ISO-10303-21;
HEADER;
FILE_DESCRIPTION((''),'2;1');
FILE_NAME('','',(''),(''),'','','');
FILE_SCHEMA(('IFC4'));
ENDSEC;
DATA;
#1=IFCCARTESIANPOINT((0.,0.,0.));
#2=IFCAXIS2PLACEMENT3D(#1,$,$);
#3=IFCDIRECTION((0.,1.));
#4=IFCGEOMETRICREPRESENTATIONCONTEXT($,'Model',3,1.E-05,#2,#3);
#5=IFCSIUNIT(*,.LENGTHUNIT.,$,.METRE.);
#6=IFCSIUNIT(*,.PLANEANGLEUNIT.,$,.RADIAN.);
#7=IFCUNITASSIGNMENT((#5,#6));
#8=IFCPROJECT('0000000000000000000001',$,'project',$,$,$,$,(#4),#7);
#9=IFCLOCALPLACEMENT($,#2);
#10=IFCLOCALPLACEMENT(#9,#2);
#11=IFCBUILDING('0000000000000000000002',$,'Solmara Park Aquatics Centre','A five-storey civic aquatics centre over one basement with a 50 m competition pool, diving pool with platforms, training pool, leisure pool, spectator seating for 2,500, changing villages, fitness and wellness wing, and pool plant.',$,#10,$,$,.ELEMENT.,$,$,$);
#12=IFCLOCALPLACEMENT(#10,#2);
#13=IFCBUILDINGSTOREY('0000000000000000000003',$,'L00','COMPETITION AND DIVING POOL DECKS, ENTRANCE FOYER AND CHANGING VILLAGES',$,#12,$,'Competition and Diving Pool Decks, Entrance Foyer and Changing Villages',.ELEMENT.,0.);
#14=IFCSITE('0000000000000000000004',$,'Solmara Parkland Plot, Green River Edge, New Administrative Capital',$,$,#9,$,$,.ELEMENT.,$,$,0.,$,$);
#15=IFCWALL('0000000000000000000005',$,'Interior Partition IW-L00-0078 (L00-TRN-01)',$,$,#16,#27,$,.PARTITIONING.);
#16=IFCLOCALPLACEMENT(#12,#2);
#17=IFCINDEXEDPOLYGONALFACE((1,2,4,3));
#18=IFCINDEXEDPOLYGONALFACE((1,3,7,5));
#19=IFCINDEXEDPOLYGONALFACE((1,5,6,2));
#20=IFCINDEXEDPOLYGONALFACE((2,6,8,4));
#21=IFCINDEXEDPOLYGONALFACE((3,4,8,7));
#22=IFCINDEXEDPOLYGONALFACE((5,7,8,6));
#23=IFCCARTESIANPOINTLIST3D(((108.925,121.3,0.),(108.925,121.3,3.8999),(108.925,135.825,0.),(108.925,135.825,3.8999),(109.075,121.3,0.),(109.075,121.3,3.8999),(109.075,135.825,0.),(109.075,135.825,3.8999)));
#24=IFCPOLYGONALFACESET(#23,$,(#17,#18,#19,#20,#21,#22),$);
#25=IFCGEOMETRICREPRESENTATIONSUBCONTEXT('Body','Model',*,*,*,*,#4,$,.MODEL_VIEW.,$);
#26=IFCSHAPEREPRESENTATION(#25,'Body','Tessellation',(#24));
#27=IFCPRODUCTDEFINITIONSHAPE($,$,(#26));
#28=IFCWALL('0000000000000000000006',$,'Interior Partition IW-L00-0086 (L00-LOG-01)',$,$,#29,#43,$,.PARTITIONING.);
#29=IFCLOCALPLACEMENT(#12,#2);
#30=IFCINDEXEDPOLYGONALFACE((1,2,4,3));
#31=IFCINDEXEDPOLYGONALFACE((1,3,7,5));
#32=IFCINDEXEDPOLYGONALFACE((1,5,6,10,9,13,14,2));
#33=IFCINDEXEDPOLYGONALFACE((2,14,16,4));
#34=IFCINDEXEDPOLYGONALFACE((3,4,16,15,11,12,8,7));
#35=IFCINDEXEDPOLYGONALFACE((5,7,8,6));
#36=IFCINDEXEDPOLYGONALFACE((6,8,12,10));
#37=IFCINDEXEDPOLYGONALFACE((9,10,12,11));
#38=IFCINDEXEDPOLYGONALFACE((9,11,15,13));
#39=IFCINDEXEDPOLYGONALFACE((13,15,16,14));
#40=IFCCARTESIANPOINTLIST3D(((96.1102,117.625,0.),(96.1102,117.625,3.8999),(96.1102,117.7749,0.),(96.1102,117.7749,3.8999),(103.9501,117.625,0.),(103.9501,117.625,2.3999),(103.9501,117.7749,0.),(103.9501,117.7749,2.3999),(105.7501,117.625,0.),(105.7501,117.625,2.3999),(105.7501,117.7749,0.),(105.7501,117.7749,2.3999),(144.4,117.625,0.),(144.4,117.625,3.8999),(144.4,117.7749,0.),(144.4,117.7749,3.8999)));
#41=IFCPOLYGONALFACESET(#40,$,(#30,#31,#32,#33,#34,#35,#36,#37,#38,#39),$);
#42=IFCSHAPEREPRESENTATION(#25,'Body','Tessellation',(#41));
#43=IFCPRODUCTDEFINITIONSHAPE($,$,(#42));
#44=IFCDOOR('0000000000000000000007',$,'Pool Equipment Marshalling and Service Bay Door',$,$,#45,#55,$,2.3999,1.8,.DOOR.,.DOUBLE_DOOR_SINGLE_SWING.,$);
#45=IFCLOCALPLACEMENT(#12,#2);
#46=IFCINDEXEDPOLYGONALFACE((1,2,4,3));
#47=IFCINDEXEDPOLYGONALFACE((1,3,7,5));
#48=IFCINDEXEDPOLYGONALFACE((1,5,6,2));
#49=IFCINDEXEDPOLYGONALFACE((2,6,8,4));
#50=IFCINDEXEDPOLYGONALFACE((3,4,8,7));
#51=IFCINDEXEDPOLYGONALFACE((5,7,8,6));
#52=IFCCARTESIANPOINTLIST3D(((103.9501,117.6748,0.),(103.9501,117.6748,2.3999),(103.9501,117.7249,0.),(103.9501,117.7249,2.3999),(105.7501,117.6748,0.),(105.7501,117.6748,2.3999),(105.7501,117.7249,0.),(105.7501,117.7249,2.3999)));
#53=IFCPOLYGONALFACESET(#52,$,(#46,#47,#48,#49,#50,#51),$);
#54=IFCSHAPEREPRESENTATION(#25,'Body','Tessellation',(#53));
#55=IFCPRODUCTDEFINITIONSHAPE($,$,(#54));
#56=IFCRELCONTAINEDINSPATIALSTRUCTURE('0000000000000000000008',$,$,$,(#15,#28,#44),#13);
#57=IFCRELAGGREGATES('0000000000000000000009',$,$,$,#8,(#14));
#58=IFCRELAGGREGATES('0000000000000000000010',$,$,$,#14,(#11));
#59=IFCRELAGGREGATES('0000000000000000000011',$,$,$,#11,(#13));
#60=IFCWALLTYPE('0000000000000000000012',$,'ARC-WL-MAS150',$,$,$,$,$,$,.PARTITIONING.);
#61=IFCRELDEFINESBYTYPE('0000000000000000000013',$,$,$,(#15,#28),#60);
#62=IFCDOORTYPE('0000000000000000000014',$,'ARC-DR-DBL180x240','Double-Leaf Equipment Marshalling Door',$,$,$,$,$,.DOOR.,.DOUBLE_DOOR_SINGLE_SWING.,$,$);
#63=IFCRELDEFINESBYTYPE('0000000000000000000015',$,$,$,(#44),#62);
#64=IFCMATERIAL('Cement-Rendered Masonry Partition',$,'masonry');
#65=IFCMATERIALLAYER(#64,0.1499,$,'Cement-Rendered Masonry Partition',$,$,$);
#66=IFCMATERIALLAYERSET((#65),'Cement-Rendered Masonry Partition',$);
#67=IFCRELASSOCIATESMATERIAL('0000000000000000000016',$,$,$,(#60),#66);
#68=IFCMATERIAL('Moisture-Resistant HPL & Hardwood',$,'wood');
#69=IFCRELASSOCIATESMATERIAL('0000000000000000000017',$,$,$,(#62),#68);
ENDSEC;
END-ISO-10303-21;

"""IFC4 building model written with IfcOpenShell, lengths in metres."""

from ifc_helpers import new_model, si_unit, direction, frame, frame_2d, origin, place, context, subcontext, project, spatial, rectangle, extrude, material, layer, layer_set, type_object, element, fill, save


model = new_model("IFC4")

# Units and contexts
model_context = context("Model", 3, precision=1e-05, world=origin(), true_north=direction((0.0, 1.0)))
body_context = subcontext(model_context, "Body", "Model", "MODEL_VIEW")
ifc_project = project(units=[si_unit("LENGTHUNIT", "METRE"), si_unit("PLANEANGLEUNIT", "RADIAN")], contexts=[model_context])

# Site, building, storey
site_placement = place(None, origin())
site = spatial("IfcSite", under=ifc_project, at=site_placement, Name="Solmara Parkland Plot, Green River Edge, New Administrative Capital", CompositionType="ELEMENT", RefElevation=0.0)
building_placement = place(site_placement, origin())
building = spatial("IfcBuilding", under=site, at=building_placement, Name="Solmara Park Aquatics Centre", Description="A five-storey civic aquatics centre over one basement with a 50 m competition pool, diving pool with platforms, training pool, leisure pool, spectator seating for 2,500, changing villages, fitness and wellness wing, and pool plant.", CompositionType="ELEMENT")
storey_placement = place(building_placement, origin())
storey = spatial("IfcBuildingStorey", under=building, at=storey_placement, Name="L00", Description="COMPETITION AND DIVING POOL DECKS, ENTRANCE FOYER AND CHANGING VILLAGES", LongName="Competition and Diving Pool Decks, Entrance Foyer and Changing Villages", CompositionType="ELEMENT", Elevation=0.0)

# Wall
ifc_material_1 = material(Name="Cement-Rendered Masonry Partition", Category="masonry")
ifc_layer_1 = layer(ifc_material_1, 0.1499, Name="Cement-Rendered Masonry Partition")
ifc_layer_set_1 = layer_set([ifc_layer_1], Name="Cement-Rendered Masonry Partition")
wall_type = type_object("IfcWallType", Name="ARC-WL-MAS150", PredefinedType="PARTITIONING", material=ifc_layer_set_1)
wall_1_placement = place(storey_placement, frame((109.0, 121.3, 0.0), z_axis=(0.0, 0.0, 1.0), x_axis=(0.0, 1.0, 0.0)))
element("IfcWall", 1, at=wall_1_placement, inside=storey, type_object=wall_type, Name="Interior Partition IW-L00-0078 (L00-TRN-01)", PredefinedType="PARTITIONING", context=body_context, shape_type="SweptSolid", body=[
    extrude(rectangle(XDim=14.5249, YDim=0.1499, at=frame_2d((7.2625, 0.0))), origin(), (0.0, 0.0, 1.0), 3.8999),
])

# Wall, opening, door
wall_2_placement = place(storey_placement, frame((96.1101, 117.7, 0.0), z_axis=(0.0, 0.0, 1.0), x_axis=(1.0, 0.0, 0.0)))
wall_2 = element("IfcWall", 2, at=wall_2_placement, inside=storey, type_object=wall_type, Name="Interior Partition IW-L00-0086 (L00-LOG-01)", PredefinedType="PARTITIONING", context=body_context, shape_type="SweptSolid", body=[
    extrude(rectangle(XDim=48.2898, YDim=0.1499, at=frame_2d((24.145, 0.0))), origin(), (0.0, 0.0, 1.0), 3.8999),
])
opening_placement = place(wall_2_placement, frame((7.8401, 0.0, 0.0)))
opening = element("IfcOpeningElement", 3, at=opening_placement, cuts=wall_2, PredefinedType="OPENING", context=body_context, shape_type="SweptSolid", body=[
    extrude(rectangle(XDim=1.8, YDim=2.3999, at=frame_2d((0.8999, 1.2))), frame((0.0, 0.085, 0.0), z_axis=(0.0, -1.0, 0.0), x_axis=(1.0, 0.0, 0.0)), (0.0, 0.0, 1.0), 0.1699),
])
ifc_material_2 = material(Name="Moisture-Resistant HPL & Hardwood", Category="wood")
door_type = type_object("IfcDoorType", Name="ARC-DR-DBL180x240", Description="Double-Leaf Equipment Marshalling Door", OperationType="DOUBLE_DOOR_SINGLE_SWING", PredefinedType="DOOR", material=ifc_material_2)
door_placement = place(opening_placement, origin())
door = element("IfcDoor", 4, at=door_placement, inside=storey, type_object=door_type, Name="Pool Equipment Marshalling and Service Bay Door", OperationType="DOUBLE_DOOR_SINGLE_SWING", OverallHeight=2.3999, OverallWidth=1.8, PredefinedType="DOOR", context=body_context, shape_type="SweptSolid", body=[
    extrude(rectangle(XDim=1.8, YDim=2.3999, at=frame_2d((0.8999, 1.2))), frame((0.0, 0.0249, 0.0), z_axis=(0.0, -1.0, 0.0), x_axis=(1.0, 0.0, 0.0)), (0.0, 0.0, 1.0), 0.05),
])
fill(opening, door)

save(model, "model.ifc")
